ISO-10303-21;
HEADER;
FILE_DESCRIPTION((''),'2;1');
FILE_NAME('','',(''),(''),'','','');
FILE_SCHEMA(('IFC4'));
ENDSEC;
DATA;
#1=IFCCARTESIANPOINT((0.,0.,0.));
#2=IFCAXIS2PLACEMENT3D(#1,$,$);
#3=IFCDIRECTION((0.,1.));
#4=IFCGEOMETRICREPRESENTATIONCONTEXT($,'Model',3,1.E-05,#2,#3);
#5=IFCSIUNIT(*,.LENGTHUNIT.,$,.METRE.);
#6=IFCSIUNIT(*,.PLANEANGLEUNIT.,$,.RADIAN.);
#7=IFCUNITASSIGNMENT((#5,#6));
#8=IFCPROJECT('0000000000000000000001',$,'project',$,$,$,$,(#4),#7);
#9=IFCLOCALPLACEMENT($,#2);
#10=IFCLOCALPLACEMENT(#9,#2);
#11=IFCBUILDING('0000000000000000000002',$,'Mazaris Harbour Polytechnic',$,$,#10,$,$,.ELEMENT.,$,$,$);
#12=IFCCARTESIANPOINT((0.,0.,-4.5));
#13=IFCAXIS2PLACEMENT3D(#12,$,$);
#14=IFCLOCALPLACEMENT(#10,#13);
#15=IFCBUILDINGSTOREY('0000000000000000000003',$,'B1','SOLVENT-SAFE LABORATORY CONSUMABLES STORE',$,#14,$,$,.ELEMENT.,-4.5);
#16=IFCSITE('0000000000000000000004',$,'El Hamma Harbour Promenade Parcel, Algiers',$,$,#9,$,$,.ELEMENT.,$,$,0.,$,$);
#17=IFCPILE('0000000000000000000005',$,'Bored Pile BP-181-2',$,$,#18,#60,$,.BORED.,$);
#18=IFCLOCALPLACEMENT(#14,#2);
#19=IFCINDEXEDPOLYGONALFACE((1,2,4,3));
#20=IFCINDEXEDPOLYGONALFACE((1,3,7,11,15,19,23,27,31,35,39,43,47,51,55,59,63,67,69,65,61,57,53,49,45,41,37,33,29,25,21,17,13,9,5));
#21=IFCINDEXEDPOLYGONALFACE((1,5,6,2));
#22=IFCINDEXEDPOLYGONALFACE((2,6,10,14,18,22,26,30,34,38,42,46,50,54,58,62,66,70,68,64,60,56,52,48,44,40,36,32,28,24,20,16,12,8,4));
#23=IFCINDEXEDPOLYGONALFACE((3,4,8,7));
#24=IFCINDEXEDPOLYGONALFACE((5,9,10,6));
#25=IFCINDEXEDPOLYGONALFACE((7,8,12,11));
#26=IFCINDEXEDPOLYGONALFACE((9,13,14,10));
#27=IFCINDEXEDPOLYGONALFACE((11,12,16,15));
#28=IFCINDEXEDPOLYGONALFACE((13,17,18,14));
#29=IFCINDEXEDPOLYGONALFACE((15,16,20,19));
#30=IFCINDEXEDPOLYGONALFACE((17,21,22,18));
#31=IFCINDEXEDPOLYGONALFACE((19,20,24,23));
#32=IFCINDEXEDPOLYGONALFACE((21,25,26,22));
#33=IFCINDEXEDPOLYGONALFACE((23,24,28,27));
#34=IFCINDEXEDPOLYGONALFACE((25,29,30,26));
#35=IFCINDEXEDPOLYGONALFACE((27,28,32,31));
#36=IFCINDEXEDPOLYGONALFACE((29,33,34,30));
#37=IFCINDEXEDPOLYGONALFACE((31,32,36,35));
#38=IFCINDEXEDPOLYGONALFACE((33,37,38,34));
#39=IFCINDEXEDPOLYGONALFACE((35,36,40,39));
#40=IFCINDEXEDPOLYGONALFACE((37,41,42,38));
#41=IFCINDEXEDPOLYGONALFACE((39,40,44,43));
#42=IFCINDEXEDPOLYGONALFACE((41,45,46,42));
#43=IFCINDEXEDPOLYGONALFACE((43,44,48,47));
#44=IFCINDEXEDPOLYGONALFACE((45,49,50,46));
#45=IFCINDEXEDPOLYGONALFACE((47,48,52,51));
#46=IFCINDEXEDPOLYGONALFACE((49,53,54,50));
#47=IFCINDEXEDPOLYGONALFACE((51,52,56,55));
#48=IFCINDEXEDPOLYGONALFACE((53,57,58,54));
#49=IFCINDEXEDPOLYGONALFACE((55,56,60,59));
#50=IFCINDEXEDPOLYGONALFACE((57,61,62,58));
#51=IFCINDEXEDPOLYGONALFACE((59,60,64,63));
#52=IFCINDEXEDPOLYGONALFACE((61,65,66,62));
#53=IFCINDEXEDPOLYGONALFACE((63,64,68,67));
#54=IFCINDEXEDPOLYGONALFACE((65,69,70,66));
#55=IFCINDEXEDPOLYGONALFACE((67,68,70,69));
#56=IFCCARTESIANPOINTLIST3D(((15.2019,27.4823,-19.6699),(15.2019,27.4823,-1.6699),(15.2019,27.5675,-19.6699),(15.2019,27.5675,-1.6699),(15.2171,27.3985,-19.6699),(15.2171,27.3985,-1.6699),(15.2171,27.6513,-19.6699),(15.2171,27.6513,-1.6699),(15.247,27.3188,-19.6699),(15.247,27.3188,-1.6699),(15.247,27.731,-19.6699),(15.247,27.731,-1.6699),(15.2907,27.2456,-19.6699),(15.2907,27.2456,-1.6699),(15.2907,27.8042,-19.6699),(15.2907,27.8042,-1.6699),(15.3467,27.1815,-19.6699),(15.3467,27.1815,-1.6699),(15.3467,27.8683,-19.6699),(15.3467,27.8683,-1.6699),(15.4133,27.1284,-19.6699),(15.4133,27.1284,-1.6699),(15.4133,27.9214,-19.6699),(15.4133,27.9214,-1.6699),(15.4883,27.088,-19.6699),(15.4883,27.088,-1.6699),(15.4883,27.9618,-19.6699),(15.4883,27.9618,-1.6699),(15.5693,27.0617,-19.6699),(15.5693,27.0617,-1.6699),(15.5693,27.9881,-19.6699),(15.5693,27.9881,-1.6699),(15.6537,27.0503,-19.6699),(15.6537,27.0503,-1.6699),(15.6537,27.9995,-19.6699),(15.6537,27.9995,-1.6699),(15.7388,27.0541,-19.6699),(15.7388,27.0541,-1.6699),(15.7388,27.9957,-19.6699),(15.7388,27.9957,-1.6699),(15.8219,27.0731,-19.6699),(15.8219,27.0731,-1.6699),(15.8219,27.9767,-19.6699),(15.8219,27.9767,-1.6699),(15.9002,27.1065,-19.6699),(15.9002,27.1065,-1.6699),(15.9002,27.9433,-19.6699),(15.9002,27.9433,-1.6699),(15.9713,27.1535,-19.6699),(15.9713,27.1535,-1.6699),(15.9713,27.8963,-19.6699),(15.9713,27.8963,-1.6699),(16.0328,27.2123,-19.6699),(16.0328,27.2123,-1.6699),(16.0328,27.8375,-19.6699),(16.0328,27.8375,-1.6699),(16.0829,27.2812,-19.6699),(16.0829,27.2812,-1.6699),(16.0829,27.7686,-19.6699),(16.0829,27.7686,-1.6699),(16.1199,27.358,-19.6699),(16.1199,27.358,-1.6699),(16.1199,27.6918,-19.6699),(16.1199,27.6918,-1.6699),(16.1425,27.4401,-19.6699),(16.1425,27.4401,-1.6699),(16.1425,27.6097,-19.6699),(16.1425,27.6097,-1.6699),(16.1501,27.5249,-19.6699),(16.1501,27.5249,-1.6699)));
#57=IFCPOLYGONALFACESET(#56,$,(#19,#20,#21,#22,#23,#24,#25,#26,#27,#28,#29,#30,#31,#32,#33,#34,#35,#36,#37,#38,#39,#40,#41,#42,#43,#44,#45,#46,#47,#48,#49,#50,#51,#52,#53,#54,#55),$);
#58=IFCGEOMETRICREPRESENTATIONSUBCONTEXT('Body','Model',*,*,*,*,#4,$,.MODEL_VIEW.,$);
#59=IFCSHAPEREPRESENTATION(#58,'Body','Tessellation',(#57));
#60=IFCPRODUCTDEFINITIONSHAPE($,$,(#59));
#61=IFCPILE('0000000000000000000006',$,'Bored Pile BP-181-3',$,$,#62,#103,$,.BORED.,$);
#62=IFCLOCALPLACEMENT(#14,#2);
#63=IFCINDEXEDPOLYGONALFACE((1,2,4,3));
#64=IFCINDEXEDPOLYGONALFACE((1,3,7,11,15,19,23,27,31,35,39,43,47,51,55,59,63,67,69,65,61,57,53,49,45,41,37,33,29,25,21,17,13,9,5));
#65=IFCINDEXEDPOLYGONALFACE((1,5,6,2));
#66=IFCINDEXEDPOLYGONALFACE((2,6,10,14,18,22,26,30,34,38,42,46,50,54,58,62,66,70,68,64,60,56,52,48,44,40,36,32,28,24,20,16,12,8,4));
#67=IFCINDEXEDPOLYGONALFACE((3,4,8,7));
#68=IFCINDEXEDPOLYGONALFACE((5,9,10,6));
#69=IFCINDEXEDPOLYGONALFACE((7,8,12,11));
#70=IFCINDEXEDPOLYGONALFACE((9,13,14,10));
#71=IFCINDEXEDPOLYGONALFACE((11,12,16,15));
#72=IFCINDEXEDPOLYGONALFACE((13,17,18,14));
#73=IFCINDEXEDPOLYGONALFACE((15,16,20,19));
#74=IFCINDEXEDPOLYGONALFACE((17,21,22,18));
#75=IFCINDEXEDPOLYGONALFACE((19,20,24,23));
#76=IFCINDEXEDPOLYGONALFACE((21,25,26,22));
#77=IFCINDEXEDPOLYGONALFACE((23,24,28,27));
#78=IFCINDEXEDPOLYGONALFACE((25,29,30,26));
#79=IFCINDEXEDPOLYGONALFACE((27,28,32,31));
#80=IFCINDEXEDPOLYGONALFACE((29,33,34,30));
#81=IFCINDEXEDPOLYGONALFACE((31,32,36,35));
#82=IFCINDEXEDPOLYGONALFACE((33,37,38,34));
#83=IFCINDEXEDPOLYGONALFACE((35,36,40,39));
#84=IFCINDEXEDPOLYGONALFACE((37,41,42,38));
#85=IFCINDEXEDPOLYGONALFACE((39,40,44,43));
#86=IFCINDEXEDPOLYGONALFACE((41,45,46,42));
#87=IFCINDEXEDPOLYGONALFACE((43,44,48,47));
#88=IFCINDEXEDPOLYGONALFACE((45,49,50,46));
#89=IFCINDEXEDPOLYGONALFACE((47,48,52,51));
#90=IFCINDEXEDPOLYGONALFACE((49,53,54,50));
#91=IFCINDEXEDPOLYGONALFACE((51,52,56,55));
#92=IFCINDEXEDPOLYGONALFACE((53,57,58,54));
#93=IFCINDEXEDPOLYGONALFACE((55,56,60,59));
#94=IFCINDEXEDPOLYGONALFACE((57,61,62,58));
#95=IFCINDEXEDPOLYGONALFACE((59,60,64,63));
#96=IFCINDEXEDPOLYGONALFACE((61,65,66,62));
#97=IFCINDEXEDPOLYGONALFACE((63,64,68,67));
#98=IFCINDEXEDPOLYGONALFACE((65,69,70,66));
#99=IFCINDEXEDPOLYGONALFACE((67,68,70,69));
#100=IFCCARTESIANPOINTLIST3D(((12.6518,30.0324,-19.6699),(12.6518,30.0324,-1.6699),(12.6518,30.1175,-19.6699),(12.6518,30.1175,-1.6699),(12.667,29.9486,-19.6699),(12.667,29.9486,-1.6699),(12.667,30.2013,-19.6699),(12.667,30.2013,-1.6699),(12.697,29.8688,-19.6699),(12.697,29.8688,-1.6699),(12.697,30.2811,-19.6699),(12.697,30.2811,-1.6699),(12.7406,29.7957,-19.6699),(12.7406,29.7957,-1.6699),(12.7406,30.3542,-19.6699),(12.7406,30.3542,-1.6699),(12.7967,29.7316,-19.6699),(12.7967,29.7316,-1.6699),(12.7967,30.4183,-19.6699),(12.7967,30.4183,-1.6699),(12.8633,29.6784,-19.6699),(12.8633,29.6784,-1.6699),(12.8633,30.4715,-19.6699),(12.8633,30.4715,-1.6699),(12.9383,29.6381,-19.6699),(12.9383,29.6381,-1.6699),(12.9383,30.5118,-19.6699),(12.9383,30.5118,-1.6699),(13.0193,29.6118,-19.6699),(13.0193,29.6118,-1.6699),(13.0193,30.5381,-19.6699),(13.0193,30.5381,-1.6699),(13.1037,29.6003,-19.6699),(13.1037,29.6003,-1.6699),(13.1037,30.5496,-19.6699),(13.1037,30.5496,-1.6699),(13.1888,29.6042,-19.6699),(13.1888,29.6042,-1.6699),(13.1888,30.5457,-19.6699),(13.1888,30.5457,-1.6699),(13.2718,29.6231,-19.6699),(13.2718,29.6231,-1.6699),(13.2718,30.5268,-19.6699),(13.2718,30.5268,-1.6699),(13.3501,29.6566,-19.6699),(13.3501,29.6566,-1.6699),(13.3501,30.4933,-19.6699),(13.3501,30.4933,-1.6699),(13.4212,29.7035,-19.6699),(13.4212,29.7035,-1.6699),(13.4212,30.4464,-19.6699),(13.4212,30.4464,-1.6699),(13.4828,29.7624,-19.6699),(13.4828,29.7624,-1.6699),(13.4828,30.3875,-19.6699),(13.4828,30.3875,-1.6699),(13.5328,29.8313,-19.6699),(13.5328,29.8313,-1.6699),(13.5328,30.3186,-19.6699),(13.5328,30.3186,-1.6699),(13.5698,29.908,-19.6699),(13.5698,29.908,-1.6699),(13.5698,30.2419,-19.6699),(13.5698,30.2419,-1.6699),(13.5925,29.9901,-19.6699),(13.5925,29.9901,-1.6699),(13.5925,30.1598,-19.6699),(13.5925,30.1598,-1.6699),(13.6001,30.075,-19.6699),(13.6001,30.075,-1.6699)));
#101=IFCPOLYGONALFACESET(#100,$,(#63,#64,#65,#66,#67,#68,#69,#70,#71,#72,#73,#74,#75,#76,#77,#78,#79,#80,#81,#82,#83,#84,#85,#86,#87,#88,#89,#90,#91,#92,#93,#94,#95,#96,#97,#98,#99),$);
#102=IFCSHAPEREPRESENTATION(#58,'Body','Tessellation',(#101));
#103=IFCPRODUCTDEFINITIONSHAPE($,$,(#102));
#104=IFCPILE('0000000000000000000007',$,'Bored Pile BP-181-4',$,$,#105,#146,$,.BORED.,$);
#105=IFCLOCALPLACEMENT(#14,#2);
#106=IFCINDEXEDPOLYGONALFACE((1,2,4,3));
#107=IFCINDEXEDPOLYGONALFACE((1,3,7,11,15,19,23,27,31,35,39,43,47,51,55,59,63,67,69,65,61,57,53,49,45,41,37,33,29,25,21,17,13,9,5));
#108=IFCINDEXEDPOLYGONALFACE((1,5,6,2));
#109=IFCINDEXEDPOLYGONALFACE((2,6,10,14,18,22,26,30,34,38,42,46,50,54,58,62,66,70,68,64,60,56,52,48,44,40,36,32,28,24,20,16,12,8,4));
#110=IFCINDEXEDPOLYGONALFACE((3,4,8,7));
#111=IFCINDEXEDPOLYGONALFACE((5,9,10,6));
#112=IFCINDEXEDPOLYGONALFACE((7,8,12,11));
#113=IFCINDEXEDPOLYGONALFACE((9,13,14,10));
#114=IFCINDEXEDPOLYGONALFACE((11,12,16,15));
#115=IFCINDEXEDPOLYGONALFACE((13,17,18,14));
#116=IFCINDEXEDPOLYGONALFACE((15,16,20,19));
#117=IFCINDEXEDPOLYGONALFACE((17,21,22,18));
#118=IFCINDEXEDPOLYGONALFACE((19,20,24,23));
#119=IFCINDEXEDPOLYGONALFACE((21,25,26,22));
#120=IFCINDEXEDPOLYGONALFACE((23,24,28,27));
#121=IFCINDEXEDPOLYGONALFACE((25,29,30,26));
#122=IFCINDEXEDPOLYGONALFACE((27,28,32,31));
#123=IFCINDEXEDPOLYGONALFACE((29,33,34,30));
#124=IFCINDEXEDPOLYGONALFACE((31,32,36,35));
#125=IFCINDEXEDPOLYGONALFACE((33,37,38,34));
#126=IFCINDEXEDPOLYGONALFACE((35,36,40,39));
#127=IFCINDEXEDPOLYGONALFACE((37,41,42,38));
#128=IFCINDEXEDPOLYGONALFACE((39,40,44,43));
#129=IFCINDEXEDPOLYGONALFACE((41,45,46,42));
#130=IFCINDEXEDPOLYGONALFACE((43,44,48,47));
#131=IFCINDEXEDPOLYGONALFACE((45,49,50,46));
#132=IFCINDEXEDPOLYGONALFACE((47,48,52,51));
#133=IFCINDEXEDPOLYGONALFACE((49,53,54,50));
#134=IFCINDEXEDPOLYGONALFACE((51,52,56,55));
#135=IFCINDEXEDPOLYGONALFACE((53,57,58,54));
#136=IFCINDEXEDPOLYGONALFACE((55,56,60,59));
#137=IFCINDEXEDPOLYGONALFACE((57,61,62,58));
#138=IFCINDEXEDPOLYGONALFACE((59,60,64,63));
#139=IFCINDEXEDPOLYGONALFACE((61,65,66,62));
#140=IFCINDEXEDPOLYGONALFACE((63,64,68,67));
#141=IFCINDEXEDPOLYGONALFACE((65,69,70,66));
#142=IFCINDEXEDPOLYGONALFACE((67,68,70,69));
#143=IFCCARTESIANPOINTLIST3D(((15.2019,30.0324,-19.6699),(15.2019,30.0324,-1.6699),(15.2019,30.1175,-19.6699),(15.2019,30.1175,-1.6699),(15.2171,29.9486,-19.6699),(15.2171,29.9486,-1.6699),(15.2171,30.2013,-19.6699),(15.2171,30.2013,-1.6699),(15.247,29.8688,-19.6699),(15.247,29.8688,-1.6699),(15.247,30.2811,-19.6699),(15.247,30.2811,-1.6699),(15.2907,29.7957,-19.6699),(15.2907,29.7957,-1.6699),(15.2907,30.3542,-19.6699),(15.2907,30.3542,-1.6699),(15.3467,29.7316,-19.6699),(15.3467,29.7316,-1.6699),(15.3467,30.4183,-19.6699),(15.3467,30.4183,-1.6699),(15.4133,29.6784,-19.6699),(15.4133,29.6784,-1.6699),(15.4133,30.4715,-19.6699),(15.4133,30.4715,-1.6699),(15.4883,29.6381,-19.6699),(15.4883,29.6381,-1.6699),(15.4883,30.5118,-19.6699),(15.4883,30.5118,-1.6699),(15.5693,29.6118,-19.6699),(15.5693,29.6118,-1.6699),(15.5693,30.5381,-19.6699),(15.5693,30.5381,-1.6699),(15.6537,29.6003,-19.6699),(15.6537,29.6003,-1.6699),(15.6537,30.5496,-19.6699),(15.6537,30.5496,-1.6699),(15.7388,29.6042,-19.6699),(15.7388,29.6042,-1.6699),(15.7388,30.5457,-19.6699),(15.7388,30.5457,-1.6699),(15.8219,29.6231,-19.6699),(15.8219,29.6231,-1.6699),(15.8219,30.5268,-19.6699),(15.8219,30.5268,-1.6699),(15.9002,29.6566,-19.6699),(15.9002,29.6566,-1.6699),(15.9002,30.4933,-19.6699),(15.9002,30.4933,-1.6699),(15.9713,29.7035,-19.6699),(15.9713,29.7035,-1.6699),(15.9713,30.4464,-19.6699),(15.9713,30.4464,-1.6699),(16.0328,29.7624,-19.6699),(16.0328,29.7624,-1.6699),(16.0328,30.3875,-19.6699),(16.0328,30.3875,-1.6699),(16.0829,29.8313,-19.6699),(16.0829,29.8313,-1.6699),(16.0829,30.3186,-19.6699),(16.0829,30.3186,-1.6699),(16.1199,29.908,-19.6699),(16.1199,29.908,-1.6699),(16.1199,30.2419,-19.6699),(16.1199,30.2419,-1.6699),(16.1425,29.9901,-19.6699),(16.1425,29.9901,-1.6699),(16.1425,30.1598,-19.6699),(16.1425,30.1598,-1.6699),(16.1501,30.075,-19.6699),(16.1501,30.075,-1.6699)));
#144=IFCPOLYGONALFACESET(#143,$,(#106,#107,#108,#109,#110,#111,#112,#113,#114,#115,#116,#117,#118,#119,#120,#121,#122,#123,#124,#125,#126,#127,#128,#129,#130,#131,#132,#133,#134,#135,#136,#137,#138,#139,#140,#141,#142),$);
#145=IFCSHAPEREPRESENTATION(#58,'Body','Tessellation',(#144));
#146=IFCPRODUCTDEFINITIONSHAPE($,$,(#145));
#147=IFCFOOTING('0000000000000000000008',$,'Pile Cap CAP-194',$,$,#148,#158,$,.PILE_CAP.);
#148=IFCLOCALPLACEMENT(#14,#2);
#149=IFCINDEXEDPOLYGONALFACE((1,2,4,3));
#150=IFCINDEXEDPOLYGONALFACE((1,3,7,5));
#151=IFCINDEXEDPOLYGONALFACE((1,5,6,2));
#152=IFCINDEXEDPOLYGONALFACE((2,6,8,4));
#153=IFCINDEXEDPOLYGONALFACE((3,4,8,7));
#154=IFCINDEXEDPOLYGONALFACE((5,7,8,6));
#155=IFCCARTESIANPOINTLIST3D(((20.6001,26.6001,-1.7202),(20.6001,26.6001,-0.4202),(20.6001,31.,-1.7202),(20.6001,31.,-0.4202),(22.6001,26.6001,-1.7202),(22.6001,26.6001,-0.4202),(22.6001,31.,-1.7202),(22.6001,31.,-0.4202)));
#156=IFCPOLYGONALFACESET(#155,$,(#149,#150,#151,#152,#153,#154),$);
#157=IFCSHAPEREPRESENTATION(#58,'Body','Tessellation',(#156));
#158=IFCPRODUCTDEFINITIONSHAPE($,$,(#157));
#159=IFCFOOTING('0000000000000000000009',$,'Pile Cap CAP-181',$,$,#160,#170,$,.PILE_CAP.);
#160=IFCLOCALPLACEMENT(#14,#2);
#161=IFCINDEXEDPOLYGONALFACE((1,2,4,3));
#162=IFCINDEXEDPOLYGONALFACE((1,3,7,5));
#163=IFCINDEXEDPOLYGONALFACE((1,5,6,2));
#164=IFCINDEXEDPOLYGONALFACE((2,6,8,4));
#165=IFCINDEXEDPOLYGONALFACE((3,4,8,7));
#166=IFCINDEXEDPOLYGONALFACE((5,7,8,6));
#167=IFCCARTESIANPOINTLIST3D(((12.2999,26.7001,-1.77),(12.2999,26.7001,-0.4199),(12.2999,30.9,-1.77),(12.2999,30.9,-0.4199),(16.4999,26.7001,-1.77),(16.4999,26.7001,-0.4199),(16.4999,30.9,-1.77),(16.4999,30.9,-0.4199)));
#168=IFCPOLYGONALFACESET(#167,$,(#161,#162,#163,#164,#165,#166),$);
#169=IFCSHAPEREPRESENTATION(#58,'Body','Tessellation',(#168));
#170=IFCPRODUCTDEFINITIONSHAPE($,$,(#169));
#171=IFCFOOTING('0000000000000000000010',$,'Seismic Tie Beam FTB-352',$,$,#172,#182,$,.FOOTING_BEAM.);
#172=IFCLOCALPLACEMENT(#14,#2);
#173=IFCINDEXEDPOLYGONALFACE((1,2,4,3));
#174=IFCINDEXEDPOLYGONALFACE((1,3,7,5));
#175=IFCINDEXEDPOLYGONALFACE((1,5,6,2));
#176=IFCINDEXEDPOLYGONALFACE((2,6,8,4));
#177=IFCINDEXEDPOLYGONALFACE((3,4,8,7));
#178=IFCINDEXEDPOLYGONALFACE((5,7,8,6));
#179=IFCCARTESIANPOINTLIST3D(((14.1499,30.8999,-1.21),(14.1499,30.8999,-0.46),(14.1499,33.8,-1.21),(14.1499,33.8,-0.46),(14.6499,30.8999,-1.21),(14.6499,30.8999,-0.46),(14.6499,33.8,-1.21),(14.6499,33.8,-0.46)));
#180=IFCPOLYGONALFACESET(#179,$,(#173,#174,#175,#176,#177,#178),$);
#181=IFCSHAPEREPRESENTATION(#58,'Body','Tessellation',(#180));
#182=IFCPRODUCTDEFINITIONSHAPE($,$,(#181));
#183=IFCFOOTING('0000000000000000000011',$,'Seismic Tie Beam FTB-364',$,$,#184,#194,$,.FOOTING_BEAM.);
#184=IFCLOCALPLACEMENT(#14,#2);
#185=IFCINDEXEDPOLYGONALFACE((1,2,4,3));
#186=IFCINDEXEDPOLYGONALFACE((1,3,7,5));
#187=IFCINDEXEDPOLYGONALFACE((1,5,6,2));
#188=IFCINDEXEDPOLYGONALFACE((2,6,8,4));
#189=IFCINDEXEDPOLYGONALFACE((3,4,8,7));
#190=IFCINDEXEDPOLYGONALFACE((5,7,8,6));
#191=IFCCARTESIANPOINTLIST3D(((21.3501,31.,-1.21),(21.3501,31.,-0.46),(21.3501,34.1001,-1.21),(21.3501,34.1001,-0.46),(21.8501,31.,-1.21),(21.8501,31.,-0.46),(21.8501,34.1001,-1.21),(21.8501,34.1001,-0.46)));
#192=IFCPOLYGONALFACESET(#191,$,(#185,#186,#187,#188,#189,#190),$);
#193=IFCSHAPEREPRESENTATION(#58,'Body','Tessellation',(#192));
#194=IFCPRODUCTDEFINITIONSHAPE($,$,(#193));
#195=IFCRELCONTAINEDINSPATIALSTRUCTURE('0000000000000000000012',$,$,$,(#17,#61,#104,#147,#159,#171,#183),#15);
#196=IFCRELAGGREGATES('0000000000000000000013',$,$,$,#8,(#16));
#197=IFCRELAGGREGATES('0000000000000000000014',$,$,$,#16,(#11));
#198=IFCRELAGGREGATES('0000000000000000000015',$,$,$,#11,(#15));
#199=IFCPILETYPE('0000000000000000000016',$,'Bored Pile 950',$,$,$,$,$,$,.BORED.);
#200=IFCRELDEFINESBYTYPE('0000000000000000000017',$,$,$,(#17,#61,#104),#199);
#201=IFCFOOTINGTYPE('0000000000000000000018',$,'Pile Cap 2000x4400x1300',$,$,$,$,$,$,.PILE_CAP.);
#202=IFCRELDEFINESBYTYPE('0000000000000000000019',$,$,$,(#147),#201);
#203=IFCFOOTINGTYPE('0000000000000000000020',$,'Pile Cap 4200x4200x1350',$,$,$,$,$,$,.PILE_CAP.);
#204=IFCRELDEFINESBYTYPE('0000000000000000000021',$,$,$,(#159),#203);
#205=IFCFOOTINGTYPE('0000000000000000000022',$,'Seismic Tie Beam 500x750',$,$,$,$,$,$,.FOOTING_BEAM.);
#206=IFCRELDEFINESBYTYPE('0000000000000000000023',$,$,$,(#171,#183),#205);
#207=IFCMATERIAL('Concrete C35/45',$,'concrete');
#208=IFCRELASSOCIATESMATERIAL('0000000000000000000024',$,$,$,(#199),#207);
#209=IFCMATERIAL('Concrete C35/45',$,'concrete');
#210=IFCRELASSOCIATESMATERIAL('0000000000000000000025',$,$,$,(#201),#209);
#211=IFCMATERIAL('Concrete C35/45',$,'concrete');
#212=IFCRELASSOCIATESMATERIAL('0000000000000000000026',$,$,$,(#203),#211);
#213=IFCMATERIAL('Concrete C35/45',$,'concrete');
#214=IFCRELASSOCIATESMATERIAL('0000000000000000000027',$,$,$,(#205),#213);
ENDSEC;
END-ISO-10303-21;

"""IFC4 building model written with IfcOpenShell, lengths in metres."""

from ifc_helpers import new_model, si_unit, direction, frame, origin, origin_2d, place, context, subcontext, project, spatial, rectangle, circle, extrude, material, material_profile, profile_set, type_object, element, save


model = new_model("IFC4")

# Units and contexts
model_context = context("Model", 3, precision=1e-05, world=origin(), true_north=direction((0.0, 1.0)))
body_context = subcontext(model_context, "Body", "Model", "MODEL_VIEW")
ifc_project = project(units=[si_unit("LENGTHUNIT", "METRE"), si_unit("PLANEANGLEUNIT", "RADIAN")], contexts=[model_context])

# Site, building, storey
site_placement = place(None, origin())
site = spatial("IfcSite", under=ifc_project, at=site_placement, Name="El Hamma Harbour Promenade Parcel, Algiers", CompositionType="ELEMENT", RefElevation=0.0)
building_placement = place(site_placement, origin())
building = spatial("IfcBuilding", under=site, at=building_placement, Name="Mazaris Harbour Polytechnic", CompositionType="ELEMENT")
storey_placement = place(building_placement, frame((0.0, 0.0, -4.5)))
storey = spatial("IfcBuildingStorey", under=building, at=storey_placement, Name="B1", Description="SOLVENT-SAFE LABORATORY CONSUMABLES STORE", CompositionType="ELEMENT", Elevation=-4.5)

# Piles
ifc_material_1 = material(Name="Concrete C35/45", Category="concrete")
ifc_material_profile_1 = material_profile(ifc_material_1, circle(Radius=0.4751, at=origin_2d()), Name="DIA950")
ifc_profile_set_1 = profile_set([ifc_material_profile_1], Name="Concrete C35/45")
pile_type_1 = type_object("IfcPileType", Name="Bored Pile 950", PredefinedType="BORED", material=ifc_profile_set_1)
for number, where, z_axis, x_axis, name in (
    (1, (15.675, 27.5249, -1.6699), (0.0, 0.0, -1.0), (1.0, 0.0, 0.0), "Bored Pile BP-181-2"),
    (2, (13.125, 30.075, -1.6699), (0.0, 0.0, -1.0), (1.0, 0.0, 0.0), "Bored Pile BP-181-3"),
    (3, (15.675, 30.075, -1.6699), (0.0, 0.0, -1.0), (1.0, 0.0, 0.0), "Bored Pile BP-181-4"),
):
    element("IfcPile", number, at=place(storey_placement, frame(where, z_axis=z_axis, x_axis=x_axis)), inside=storey, type_object=pile_type_1, Name=name, PredefinedType="BORED", context=body_context, shape_type="SweptSolid", body=[
        extrude(circle(Radius=0.4751, at=origin_2d()), origin(), (0.0, 0.0, 1.0), 18.0),
    ])

# Footings
ifc_material_2 = material(Name="Concrete C35/45", Category="concrete")
footing_type_1 = type_object("IfcFootingType", Name="Pile Cap 2000x4400x1300", PredefinedType="PILE_CAP", material=ifc_material_2)
footing_1_placement = place(storey_placement, frame((21.6001, 28.8, -1.7202), z_axis=(0.0, 0.0, 1.0), x_axis=(1.0, 0.0, 0.0)))
element("IfcFooting", 4, at=footing_1_placement, inside=storey, type_object=footing_type_1, Name="Pile Cap CAP-194", PredefinedType="PILE_CAP", context=body_context, shape_type="SweptSolid", body=[
    extrude(rectangle(XDim=2.0, YDim=4.3999, at=origin_2d()), origin(), (0.0, 0.0, 1.0), 1.3),
])
ifc_material_3 = material(Name="Concrete C35/45", Category="concrete")
footing_type_2 = type_object("IfcFootingType", Name="Pile Cap 4200x4200x1350", PredefinedType="PILE_CAP", material=ifc_material_3)
footing_2_placement = place(storey_placement, frame((14.3999, 28.8, -1.77), z_axis=(0.0, 0.0, 1.0), x_axis=(1.0, 0.0, 0.0)))
element("IfcFooting", 5, at=footing_2_placement, inside=storey, type_object=footing_type_2, Name="Pile Cap CAP-181", PredefinedType="PILE_CAP", context=body_context, shape_type="SweptSolid", body=[
    extrude(rectangle(XDim=4.2, YDim=4.2, at=origin_2d()), origin(), (0.0, 0.0, 1.0), 1.3501),
])
ifc_material_4 = material(Name="Concrete C35/45", Category="concrete")
ifc_material_profile_2 = material_profile(ifc_material_4, rectangle(XDim=0.5, YDim=0.75, at=origin_2d()), Name="RECT500x750")
ifc_profile_set_2 = profile_set([ifc_material_profile_2], Name="Concrete C35/45")
footing_type_3 = type_object("IfcFootingType", Name="Seismic Tie Beam 500x750", PredefinedType="FOOTING_BEAM", material=ifc_profile_set_2)
footing_3_placement = place(storey_placement, frame((14.3999, 30.8999, -0.835), z_axis=(0.0, 1.0, 0.0), x_axis=(-1.0, 0.0, 0.0)))
element("IfcFooting", 6, at=footing_3_placement, inside=storey, type_object=footing_type_3, Name="Seismic Tie Beam FTB-352", PredefinedType="FOOTING_BEAM", context=body_context, shape_type="SweptSolid", body=[
    extrude(rectangle(XDim=0.5, YDim=0.75, at=origin_2d()), origin(), (0.0, 0.0, 1.0), 2.9001),
])
footing_4_placement = place(storey_placement, frame((21.6001, 31.0, -0.835), z_axis=(0.0, 1.0, 0.0), x_axis=(-1.0, 0.0, 0.0)))
element("IfcFooting", 7, at=footing_4_placement, inside=storey, type_object=footing_type_3, Name="Seismic Tie Beam FTB-364", PredefinedType="FOOTING_BEAM", context=body_context, shape_type="SweptSolid", body=[
    extrude(rectangle(XDim=0.5, YDim=0.75, at=origin_2d()), origin(), (0.0, 0.0, 1.0), 3.1001),
])

save(model, "model.ifc")
